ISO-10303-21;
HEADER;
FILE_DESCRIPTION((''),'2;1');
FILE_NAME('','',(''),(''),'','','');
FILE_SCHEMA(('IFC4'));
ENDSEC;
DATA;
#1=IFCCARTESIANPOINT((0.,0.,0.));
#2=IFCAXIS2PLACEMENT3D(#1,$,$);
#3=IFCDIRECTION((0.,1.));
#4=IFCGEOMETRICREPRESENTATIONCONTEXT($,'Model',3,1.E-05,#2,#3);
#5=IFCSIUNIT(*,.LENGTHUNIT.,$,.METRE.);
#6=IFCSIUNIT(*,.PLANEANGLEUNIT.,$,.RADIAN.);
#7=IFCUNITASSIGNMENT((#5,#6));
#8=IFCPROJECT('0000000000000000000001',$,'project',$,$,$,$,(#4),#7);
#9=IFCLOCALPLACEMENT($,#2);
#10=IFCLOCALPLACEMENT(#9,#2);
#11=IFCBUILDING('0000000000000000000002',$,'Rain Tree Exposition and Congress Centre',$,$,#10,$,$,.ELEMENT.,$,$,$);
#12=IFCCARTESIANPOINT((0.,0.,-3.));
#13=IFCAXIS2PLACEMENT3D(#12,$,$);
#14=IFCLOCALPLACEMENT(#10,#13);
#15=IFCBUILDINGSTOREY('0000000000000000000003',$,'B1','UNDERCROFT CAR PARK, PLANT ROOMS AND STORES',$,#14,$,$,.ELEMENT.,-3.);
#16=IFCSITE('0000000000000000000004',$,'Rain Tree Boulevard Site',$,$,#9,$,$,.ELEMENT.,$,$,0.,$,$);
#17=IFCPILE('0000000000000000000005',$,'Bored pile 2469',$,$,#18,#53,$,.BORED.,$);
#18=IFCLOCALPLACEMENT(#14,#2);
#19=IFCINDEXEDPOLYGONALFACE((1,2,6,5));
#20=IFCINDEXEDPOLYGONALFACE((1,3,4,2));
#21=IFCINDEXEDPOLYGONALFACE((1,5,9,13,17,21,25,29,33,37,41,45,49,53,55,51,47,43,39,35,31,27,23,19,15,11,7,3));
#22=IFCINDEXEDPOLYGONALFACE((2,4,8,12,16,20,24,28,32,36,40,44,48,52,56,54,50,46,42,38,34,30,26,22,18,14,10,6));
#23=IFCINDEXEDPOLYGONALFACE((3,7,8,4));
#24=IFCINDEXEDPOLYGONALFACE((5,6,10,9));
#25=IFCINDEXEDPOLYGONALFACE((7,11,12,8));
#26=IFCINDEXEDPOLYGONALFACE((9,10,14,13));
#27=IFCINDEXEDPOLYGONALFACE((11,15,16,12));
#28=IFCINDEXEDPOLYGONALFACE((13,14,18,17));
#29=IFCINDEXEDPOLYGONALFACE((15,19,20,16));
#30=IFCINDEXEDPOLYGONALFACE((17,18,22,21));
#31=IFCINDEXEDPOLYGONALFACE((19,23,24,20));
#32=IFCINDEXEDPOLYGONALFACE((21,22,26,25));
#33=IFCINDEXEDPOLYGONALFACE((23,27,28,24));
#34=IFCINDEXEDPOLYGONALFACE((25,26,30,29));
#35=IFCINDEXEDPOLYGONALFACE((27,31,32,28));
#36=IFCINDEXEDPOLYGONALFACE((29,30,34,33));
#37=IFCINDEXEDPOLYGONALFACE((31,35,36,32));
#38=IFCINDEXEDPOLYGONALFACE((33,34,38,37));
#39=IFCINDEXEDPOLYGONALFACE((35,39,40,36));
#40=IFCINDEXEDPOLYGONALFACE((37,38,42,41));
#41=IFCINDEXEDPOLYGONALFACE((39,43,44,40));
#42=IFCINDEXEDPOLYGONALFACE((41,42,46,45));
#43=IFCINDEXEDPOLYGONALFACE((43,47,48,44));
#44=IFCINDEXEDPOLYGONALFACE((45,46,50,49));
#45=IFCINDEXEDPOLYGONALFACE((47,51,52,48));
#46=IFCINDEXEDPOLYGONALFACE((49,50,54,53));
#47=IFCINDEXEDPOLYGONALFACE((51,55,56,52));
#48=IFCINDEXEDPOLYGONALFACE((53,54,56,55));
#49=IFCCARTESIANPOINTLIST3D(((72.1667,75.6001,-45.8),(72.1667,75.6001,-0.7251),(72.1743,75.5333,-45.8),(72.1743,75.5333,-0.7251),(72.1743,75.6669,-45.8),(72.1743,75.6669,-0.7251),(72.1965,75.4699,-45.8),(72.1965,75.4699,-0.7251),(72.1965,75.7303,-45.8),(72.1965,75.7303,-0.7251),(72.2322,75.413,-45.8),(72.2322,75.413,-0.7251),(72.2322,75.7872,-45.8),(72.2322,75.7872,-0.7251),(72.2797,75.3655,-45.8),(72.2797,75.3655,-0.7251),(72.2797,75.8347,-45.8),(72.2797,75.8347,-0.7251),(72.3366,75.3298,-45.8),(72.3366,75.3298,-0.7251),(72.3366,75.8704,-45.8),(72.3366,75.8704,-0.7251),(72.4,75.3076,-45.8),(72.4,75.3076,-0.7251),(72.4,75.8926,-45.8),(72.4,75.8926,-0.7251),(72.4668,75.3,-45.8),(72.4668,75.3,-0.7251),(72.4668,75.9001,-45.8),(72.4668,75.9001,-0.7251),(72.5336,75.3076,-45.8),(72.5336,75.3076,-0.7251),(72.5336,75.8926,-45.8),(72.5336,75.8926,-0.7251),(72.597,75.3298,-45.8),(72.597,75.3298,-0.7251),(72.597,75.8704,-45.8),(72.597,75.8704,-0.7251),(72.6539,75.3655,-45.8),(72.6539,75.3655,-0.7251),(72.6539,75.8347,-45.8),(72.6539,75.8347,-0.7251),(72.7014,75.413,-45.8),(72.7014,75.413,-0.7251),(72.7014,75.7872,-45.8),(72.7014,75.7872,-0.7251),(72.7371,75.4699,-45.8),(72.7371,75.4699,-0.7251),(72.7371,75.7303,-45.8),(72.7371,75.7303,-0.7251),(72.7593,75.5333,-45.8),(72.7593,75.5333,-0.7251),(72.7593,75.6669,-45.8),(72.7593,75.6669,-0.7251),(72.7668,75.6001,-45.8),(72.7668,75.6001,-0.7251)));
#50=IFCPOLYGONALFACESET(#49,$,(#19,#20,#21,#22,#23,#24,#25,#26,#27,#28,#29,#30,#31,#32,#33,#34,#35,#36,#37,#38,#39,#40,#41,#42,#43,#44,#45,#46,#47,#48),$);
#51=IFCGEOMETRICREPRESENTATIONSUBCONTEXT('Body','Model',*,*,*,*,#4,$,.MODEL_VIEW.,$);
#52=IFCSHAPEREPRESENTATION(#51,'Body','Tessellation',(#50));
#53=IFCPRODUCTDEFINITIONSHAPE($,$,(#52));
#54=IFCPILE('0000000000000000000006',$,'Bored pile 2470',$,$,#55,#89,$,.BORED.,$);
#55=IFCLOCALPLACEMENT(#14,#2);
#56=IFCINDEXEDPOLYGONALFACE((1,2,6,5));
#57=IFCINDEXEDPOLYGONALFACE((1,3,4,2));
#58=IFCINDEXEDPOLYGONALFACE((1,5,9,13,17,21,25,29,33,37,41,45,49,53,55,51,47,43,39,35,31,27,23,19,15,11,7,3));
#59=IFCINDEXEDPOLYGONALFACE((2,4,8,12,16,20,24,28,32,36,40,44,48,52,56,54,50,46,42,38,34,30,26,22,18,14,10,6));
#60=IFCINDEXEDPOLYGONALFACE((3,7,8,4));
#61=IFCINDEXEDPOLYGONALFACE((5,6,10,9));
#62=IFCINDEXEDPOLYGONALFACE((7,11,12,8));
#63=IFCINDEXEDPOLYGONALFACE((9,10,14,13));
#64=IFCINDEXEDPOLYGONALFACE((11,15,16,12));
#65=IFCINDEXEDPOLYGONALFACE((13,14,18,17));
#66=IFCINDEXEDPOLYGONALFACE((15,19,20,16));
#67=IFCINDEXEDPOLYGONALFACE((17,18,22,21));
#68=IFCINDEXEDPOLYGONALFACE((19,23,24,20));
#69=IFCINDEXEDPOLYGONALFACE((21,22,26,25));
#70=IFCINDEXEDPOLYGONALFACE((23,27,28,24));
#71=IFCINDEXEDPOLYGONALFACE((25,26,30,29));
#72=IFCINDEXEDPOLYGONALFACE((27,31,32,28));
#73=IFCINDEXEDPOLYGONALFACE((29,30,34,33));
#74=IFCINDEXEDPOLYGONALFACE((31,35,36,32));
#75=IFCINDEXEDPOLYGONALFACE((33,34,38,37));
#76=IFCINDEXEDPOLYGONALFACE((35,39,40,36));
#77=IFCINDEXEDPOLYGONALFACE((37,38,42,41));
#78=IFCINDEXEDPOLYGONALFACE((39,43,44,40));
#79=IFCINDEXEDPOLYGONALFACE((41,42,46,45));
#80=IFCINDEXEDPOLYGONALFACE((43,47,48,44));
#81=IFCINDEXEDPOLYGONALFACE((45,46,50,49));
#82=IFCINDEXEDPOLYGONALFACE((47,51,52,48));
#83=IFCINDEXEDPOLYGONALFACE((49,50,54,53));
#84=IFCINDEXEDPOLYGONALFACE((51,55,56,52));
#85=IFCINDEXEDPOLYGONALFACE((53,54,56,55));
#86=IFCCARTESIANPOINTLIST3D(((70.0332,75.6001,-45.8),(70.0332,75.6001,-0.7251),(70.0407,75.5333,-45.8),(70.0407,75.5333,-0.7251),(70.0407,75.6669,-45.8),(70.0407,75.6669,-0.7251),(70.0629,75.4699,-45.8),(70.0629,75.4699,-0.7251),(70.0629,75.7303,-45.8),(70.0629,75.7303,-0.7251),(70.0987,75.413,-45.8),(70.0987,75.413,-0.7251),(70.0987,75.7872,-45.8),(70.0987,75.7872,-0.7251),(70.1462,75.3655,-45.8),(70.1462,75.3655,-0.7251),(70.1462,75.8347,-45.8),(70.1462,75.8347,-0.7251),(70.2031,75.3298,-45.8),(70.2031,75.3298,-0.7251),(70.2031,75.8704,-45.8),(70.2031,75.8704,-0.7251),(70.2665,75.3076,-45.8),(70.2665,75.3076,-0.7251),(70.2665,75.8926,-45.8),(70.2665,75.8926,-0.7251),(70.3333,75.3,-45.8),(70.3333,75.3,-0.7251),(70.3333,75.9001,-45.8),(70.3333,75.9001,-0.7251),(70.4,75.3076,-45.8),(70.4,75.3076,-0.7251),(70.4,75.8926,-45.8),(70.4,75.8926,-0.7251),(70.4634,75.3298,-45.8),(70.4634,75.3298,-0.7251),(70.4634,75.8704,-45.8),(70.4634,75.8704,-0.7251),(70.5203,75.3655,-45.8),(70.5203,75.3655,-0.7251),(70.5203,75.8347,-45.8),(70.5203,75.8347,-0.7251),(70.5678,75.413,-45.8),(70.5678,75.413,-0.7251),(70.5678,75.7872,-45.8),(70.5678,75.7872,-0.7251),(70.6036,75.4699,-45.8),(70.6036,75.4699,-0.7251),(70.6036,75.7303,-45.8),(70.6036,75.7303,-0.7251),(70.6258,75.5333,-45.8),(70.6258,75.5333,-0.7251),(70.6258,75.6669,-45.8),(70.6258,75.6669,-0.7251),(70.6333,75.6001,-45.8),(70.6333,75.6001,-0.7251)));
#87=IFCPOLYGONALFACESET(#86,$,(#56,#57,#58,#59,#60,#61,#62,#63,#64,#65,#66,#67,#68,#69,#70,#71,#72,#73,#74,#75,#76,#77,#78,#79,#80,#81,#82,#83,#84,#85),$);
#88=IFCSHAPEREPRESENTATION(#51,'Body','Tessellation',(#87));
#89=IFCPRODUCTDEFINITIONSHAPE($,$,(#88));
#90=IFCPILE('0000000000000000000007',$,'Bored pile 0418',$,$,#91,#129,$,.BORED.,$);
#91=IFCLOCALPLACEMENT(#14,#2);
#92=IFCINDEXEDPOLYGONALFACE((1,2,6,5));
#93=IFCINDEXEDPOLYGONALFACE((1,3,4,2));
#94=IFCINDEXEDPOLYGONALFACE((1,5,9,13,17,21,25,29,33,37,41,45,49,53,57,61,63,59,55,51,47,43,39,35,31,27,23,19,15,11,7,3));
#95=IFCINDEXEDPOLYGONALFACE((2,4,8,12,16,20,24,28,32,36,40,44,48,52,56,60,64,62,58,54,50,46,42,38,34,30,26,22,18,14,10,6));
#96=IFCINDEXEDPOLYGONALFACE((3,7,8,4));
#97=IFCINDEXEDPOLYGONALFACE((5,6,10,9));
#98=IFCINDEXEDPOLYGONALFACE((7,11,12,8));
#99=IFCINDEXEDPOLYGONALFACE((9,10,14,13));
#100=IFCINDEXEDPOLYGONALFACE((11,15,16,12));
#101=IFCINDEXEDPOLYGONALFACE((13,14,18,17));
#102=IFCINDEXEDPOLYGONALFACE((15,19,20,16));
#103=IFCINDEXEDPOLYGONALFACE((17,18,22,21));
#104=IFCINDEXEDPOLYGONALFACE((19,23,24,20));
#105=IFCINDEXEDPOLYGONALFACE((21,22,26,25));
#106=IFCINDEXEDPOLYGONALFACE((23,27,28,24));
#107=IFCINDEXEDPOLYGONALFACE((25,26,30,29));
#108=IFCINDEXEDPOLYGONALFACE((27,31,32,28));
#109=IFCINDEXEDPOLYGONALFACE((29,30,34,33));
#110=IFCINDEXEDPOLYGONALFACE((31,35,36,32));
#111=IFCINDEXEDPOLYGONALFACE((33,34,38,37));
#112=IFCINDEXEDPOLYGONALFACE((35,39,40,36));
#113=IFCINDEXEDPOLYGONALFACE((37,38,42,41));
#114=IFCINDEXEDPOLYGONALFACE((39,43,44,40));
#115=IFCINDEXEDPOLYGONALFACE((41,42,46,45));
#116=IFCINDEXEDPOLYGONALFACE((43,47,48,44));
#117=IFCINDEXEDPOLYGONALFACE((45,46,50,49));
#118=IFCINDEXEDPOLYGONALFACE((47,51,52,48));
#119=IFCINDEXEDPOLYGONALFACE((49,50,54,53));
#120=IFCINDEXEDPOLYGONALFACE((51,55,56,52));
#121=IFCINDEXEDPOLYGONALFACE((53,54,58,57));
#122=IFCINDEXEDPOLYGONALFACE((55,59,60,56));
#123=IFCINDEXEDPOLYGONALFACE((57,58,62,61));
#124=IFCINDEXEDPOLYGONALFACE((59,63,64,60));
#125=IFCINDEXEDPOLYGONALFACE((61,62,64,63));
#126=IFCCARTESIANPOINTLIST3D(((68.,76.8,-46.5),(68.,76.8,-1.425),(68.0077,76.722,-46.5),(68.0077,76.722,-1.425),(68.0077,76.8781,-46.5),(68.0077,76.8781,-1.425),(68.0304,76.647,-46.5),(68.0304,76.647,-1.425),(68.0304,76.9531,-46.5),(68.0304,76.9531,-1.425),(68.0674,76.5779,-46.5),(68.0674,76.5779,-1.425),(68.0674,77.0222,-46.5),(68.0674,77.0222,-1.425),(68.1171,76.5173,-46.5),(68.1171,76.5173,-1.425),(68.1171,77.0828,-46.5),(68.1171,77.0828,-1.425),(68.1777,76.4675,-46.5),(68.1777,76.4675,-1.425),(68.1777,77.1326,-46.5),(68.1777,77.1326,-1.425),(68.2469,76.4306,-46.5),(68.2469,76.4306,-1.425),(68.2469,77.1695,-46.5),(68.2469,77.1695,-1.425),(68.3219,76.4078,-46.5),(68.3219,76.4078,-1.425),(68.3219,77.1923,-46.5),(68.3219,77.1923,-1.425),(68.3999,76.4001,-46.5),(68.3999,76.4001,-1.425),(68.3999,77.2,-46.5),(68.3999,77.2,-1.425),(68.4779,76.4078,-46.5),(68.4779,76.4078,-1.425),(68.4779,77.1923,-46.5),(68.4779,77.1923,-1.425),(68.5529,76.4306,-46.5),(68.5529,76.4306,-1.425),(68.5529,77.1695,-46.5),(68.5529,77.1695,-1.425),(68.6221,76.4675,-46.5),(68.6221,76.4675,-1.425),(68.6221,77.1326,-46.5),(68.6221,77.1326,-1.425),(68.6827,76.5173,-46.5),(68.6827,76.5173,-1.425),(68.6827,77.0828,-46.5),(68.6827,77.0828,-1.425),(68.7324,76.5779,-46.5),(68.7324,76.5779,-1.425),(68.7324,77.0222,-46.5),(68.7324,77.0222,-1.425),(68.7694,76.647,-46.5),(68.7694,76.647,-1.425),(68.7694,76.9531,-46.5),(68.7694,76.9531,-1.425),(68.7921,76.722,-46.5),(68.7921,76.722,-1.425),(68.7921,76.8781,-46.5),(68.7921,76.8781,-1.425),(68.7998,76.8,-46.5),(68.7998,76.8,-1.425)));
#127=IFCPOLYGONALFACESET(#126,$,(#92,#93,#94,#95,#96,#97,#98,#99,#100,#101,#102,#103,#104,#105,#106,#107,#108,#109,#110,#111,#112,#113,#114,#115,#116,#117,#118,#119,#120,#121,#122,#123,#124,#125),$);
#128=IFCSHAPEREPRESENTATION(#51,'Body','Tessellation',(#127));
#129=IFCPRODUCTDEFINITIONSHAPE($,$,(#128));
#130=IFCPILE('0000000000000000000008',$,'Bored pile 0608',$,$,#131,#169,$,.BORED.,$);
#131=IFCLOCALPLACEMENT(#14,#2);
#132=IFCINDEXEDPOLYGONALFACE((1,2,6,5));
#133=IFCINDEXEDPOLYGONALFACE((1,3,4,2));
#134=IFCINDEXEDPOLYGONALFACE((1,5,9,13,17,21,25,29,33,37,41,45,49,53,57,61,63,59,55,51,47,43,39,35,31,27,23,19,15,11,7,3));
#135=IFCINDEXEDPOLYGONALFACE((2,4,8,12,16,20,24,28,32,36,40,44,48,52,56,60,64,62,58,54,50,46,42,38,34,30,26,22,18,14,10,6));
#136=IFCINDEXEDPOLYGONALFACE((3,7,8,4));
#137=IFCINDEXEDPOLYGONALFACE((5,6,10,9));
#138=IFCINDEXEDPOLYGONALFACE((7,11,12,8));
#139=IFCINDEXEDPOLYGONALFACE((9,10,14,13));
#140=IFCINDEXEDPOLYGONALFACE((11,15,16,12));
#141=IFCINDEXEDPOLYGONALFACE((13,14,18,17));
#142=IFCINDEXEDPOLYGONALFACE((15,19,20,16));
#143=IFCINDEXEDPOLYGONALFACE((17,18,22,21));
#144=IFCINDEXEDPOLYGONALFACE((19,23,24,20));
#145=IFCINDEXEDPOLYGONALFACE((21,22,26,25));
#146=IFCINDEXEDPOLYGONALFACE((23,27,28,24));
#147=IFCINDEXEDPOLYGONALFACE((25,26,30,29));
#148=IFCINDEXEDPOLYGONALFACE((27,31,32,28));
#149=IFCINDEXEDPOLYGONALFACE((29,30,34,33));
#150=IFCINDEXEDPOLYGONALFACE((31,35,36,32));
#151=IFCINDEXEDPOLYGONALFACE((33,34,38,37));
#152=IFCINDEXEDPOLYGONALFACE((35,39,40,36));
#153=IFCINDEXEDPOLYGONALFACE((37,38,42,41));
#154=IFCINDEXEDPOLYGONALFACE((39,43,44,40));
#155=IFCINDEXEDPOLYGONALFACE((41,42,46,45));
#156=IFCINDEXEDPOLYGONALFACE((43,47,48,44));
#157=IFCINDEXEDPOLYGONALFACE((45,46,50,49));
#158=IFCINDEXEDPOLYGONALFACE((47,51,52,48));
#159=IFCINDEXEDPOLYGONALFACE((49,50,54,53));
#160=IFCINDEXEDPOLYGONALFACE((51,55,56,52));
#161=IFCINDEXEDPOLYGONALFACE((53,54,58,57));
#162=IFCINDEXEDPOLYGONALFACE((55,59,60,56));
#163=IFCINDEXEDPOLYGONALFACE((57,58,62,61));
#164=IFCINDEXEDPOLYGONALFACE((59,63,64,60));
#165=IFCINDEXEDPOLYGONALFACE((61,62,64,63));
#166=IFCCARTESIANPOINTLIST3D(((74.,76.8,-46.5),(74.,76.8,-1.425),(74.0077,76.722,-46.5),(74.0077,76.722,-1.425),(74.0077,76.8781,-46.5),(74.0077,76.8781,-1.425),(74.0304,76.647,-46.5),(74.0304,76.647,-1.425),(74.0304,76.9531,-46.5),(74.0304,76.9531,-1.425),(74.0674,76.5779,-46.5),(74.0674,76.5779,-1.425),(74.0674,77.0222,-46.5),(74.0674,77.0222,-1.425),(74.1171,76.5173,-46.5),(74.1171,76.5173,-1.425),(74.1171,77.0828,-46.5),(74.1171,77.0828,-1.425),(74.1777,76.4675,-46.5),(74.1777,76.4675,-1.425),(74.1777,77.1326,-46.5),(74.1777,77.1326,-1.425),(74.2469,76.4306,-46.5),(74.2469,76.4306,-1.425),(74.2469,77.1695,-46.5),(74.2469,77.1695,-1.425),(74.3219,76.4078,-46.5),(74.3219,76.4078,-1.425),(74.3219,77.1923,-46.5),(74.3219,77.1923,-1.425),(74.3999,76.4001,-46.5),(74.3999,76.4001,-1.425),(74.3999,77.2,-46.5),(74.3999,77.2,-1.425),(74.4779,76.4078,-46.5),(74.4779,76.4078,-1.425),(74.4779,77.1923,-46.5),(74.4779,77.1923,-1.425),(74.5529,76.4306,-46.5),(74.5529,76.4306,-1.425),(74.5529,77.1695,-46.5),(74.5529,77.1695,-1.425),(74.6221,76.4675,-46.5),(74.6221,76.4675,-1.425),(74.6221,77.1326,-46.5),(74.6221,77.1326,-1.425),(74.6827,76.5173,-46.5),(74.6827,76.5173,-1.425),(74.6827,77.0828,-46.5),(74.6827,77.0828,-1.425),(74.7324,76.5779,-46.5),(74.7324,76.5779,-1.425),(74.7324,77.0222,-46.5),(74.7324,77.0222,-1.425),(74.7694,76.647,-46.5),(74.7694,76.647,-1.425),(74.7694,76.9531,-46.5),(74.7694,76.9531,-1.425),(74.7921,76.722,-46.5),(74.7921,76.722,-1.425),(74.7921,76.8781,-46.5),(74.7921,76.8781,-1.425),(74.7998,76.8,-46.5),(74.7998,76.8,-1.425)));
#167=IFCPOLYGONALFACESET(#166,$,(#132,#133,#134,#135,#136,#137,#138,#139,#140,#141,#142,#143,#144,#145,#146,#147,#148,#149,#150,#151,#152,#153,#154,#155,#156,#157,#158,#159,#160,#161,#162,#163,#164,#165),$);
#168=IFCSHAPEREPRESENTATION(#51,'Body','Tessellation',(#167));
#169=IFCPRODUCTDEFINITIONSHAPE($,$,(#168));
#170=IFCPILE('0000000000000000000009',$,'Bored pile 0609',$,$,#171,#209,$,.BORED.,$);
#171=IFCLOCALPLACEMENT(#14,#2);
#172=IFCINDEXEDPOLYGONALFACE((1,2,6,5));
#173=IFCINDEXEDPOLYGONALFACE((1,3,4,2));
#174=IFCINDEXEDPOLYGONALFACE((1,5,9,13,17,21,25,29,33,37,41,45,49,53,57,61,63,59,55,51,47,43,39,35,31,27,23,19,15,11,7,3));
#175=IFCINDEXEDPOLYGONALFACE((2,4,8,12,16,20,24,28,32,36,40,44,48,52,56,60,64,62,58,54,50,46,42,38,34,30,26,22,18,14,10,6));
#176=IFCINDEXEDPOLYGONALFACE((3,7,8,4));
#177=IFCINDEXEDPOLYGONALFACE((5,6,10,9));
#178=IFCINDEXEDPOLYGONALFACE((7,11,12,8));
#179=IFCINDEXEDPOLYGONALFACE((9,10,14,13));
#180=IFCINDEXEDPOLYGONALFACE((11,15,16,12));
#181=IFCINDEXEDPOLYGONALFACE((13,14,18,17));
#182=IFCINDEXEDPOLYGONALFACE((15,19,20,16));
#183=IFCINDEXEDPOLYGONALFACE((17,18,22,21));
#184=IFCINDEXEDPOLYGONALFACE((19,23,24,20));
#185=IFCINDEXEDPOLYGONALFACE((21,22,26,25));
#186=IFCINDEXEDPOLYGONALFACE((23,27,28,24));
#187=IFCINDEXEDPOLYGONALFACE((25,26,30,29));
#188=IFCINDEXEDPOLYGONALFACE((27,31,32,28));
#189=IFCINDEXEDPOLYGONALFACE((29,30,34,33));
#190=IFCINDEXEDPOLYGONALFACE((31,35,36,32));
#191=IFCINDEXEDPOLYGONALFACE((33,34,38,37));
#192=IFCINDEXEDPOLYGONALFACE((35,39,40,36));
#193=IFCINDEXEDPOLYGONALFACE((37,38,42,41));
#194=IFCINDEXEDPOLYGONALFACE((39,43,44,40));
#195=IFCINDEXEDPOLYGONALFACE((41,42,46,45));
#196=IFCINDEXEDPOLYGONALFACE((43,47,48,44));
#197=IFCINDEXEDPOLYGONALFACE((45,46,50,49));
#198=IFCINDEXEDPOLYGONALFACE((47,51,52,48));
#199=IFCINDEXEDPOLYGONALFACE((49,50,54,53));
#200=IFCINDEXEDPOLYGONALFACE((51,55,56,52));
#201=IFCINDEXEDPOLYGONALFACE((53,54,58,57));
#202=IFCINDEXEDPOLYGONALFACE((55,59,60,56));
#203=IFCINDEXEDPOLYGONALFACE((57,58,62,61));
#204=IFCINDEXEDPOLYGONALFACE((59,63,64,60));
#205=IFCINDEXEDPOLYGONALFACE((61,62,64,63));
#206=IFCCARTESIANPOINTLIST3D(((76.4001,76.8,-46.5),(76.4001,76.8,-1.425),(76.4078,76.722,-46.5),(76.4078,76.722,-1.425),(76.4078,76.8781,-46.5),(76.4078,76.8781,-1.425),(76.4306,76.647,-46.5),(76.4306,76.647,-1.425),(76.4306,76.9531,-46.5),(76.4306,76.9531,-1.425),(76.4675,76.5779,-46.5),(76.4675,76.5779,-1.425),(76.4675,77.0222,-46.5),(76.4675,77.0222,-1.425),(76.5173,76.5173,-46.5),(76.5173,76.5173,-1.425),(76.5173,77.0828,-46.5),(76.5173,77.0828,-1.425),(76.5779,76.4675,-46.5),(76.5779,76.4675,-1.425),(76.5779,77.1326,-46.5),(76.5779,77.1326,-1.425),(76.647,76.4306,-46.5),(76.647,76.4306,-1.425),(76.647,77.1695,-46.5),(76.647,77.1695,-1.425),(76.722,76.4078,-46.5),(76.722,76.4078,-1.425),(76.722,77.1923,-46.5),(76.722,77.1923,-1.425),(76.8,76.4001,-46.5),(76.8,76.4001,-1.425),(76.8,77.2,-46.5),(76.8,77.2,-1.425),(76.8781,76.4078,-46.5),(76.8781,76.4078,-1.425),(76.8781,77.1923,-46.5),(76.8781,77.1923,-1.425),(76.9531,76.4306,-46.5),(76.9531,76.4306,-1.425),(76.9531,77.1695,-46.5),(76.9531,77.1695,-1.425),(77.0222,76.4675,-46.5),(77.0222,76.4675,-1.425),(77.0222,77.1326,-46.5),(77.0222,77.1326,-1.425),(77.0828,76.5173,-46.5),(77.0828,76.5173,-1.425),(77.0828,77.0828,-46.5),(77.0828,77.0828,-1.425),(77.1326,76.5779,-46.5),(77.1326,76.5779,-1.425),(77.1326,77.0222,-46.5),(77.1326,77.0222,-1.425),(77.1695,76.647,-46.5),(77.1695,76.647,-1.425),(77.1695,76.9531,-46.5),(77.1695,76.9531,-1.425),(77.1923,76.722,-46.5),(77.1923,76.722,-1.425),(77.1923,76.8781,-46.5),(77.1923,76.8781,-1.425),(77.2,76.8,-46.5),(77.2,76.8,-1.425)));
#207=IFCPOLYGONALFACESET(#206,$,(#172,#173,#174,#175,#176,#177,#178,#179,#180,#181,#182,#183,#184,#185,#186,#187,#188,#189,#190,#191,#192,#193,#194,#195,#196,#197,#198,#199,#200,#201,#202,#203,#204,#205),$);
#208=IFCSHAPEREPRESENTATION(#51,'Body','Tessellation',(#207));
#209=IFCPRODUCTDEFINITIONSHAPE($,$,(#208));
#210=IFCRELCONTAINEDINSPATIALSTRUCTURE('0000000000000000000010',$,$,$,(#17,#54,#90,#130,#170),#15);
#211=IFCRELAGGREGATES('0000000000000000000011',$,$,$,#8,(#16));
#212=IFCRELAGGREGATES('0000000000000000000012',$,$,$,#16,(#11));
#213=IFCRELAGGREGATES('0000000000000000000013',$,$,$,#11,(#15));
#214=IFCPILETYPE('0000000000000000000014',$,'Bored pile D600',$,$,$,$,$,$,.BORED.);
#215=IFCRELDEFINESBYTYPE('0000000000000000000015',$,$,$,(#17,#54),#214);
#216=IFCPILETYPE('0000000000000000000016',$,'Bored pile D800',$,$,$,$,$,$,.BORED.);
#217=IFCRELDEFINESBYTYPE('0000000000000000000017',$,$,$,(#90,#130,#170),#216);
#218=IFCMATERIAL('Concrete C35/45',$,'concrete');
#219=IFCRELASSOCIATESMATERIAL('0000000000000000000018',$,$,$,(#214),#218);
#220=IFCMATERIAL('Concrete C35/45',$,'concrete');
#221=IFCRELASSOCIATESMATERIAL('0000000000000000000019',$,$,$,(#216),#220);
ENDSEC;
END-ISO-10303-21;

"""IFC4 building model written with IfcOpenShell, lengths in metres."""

from ifc_helpers import new_model, si_unit, direction, frame, origin, origin_2d, place, context, subcontext, project, spatial, circle, extrude, material, material_profile, profile_set, type_object, element, save


model = new_model("IFC4")

# Units and contexts
model_context = context("Model", 3, precision=1e-05, world=origin(), true_north=direction((0.0, 1.0)))
body_context = subcontext(model_context, "Body", "Model", "MODEL_VIEW")
ifc_project = project(units=[si_unit("LENGTHUNIT", "METRE"), si_unit("PLANEANGLEUNIT", "RADIAN")], contexts=[model_context])

# Site, building, storey
site_placement = place(None, origin())
site = spatial("IfcSite", under=ifc_project, at=site_placement, Name="Rain Tree Boulevard Site", CompositionType="ELEMENT", RefElevation=0.0)
building_placement = place(site_placement, origin())
building = spatial("IfcBuilding", under=site, at=building_placement, Name="Rain Tree Exposition and Congress Centre", CompositionType="ELEMENT")
storey_placement = place(building_placement, frame((0.0, 0.0, -3.0)))
storey = spatial("IfcBuildingStorey", under=building, at=storey_placement, Name="B1", Description="UNDERCROFT CAR PARK, PLANT ROOMS AND STORES", CompositionType="ELEMENT", Elevation=-3.0)

# Piles
ifc_material_1 = material(Name="Concrete C35/45", Category="concrete")
ifc_material_profile_1 = material_profile(ifc_material_1, circle(Radius=0.3, at=origin_2d()), Name="D600")
ifc_profile_set_1 = profile_set([ifc_material_profile_1], Name="Concrete C35/45")
pile_type_1 = type_object("IfcPileType", Name="Bored pile D600", PredefinedType="BORED", material=ifc_profile_set_1)
for number, where, z_axis, x_axis, name in (
    (1, (72.4668, 75.6001, -0.7251), (0.0, 0.0, -1.0), (1.0, 0.0, 0.0), "Bored pile 2469"),
    (2, (70.3333, 75.6001, -0.7251), (0.0, 0.0, -1.0), (1.0, 0.0, 0.0), "Bored pile 2470"),
):
    element("IfcPile", number, at=place(storey_placement, frame(where, z_axis=z_axis, x_axis=x_axis)), inside=storey, type_object=pile_type_1, Name=name, PredefinedType="BORED", context=body_context, shape_type="SweptSolid", body=[
        extrude(circle(Radius=0.3, at=origin_2d()), origin(), (0.0, 0.0, 1.0), 45.075),
    ])
ifc_material_2 = material(Name="Concrete C35/45", Category="concrete")
ifc_material_profile_2 = material_profile(ifc_material_2, circle(Radius=0.3999, at=origin_2d()), Name="D800")
ifc_profile_set_2 = profile_set([ifc_material_profile_2], Name="Concrete C35/45")
pile_type_2 = type_object("IfcPileType", Name="Bored pile D800", PredefinedType="BORED", material=ifc_profile_set_2)
for number, where, z_axis, x_axis, name in (
    (3, (68.3999, 76.8, -1.425), (0.0, 0.0, -1.0), (1.0, 0.0, 0.0), "Bored pile 0418"),
    (4, (74.3999, 76.8, -1.425), (0.0, 0.0, -1.0), (1.0, 0.0, 0.0), "Bored pile 0608"),
    (5, (76.8, 76.8, -1.425), (0.0, 0.0, -1.0), (1.0, 0.0, 0.0), "Bored pile 0609"),
):
    element("IfcPile", number, at=place(storey_placement, frame(where, z_axis=z_axis, x_axis=x_axis)), inside=storey, type_object=pile_type_2, Name=name, PredefinedType="BORED", context=body_context, shape_type="SweptSolid", body=[
        extrude(circle(Radius=0.3999, at=origin_2d()), origin(), (0.0, 0.0, 1.0), 45.075),
    ])

save(model, "model.ifc")
